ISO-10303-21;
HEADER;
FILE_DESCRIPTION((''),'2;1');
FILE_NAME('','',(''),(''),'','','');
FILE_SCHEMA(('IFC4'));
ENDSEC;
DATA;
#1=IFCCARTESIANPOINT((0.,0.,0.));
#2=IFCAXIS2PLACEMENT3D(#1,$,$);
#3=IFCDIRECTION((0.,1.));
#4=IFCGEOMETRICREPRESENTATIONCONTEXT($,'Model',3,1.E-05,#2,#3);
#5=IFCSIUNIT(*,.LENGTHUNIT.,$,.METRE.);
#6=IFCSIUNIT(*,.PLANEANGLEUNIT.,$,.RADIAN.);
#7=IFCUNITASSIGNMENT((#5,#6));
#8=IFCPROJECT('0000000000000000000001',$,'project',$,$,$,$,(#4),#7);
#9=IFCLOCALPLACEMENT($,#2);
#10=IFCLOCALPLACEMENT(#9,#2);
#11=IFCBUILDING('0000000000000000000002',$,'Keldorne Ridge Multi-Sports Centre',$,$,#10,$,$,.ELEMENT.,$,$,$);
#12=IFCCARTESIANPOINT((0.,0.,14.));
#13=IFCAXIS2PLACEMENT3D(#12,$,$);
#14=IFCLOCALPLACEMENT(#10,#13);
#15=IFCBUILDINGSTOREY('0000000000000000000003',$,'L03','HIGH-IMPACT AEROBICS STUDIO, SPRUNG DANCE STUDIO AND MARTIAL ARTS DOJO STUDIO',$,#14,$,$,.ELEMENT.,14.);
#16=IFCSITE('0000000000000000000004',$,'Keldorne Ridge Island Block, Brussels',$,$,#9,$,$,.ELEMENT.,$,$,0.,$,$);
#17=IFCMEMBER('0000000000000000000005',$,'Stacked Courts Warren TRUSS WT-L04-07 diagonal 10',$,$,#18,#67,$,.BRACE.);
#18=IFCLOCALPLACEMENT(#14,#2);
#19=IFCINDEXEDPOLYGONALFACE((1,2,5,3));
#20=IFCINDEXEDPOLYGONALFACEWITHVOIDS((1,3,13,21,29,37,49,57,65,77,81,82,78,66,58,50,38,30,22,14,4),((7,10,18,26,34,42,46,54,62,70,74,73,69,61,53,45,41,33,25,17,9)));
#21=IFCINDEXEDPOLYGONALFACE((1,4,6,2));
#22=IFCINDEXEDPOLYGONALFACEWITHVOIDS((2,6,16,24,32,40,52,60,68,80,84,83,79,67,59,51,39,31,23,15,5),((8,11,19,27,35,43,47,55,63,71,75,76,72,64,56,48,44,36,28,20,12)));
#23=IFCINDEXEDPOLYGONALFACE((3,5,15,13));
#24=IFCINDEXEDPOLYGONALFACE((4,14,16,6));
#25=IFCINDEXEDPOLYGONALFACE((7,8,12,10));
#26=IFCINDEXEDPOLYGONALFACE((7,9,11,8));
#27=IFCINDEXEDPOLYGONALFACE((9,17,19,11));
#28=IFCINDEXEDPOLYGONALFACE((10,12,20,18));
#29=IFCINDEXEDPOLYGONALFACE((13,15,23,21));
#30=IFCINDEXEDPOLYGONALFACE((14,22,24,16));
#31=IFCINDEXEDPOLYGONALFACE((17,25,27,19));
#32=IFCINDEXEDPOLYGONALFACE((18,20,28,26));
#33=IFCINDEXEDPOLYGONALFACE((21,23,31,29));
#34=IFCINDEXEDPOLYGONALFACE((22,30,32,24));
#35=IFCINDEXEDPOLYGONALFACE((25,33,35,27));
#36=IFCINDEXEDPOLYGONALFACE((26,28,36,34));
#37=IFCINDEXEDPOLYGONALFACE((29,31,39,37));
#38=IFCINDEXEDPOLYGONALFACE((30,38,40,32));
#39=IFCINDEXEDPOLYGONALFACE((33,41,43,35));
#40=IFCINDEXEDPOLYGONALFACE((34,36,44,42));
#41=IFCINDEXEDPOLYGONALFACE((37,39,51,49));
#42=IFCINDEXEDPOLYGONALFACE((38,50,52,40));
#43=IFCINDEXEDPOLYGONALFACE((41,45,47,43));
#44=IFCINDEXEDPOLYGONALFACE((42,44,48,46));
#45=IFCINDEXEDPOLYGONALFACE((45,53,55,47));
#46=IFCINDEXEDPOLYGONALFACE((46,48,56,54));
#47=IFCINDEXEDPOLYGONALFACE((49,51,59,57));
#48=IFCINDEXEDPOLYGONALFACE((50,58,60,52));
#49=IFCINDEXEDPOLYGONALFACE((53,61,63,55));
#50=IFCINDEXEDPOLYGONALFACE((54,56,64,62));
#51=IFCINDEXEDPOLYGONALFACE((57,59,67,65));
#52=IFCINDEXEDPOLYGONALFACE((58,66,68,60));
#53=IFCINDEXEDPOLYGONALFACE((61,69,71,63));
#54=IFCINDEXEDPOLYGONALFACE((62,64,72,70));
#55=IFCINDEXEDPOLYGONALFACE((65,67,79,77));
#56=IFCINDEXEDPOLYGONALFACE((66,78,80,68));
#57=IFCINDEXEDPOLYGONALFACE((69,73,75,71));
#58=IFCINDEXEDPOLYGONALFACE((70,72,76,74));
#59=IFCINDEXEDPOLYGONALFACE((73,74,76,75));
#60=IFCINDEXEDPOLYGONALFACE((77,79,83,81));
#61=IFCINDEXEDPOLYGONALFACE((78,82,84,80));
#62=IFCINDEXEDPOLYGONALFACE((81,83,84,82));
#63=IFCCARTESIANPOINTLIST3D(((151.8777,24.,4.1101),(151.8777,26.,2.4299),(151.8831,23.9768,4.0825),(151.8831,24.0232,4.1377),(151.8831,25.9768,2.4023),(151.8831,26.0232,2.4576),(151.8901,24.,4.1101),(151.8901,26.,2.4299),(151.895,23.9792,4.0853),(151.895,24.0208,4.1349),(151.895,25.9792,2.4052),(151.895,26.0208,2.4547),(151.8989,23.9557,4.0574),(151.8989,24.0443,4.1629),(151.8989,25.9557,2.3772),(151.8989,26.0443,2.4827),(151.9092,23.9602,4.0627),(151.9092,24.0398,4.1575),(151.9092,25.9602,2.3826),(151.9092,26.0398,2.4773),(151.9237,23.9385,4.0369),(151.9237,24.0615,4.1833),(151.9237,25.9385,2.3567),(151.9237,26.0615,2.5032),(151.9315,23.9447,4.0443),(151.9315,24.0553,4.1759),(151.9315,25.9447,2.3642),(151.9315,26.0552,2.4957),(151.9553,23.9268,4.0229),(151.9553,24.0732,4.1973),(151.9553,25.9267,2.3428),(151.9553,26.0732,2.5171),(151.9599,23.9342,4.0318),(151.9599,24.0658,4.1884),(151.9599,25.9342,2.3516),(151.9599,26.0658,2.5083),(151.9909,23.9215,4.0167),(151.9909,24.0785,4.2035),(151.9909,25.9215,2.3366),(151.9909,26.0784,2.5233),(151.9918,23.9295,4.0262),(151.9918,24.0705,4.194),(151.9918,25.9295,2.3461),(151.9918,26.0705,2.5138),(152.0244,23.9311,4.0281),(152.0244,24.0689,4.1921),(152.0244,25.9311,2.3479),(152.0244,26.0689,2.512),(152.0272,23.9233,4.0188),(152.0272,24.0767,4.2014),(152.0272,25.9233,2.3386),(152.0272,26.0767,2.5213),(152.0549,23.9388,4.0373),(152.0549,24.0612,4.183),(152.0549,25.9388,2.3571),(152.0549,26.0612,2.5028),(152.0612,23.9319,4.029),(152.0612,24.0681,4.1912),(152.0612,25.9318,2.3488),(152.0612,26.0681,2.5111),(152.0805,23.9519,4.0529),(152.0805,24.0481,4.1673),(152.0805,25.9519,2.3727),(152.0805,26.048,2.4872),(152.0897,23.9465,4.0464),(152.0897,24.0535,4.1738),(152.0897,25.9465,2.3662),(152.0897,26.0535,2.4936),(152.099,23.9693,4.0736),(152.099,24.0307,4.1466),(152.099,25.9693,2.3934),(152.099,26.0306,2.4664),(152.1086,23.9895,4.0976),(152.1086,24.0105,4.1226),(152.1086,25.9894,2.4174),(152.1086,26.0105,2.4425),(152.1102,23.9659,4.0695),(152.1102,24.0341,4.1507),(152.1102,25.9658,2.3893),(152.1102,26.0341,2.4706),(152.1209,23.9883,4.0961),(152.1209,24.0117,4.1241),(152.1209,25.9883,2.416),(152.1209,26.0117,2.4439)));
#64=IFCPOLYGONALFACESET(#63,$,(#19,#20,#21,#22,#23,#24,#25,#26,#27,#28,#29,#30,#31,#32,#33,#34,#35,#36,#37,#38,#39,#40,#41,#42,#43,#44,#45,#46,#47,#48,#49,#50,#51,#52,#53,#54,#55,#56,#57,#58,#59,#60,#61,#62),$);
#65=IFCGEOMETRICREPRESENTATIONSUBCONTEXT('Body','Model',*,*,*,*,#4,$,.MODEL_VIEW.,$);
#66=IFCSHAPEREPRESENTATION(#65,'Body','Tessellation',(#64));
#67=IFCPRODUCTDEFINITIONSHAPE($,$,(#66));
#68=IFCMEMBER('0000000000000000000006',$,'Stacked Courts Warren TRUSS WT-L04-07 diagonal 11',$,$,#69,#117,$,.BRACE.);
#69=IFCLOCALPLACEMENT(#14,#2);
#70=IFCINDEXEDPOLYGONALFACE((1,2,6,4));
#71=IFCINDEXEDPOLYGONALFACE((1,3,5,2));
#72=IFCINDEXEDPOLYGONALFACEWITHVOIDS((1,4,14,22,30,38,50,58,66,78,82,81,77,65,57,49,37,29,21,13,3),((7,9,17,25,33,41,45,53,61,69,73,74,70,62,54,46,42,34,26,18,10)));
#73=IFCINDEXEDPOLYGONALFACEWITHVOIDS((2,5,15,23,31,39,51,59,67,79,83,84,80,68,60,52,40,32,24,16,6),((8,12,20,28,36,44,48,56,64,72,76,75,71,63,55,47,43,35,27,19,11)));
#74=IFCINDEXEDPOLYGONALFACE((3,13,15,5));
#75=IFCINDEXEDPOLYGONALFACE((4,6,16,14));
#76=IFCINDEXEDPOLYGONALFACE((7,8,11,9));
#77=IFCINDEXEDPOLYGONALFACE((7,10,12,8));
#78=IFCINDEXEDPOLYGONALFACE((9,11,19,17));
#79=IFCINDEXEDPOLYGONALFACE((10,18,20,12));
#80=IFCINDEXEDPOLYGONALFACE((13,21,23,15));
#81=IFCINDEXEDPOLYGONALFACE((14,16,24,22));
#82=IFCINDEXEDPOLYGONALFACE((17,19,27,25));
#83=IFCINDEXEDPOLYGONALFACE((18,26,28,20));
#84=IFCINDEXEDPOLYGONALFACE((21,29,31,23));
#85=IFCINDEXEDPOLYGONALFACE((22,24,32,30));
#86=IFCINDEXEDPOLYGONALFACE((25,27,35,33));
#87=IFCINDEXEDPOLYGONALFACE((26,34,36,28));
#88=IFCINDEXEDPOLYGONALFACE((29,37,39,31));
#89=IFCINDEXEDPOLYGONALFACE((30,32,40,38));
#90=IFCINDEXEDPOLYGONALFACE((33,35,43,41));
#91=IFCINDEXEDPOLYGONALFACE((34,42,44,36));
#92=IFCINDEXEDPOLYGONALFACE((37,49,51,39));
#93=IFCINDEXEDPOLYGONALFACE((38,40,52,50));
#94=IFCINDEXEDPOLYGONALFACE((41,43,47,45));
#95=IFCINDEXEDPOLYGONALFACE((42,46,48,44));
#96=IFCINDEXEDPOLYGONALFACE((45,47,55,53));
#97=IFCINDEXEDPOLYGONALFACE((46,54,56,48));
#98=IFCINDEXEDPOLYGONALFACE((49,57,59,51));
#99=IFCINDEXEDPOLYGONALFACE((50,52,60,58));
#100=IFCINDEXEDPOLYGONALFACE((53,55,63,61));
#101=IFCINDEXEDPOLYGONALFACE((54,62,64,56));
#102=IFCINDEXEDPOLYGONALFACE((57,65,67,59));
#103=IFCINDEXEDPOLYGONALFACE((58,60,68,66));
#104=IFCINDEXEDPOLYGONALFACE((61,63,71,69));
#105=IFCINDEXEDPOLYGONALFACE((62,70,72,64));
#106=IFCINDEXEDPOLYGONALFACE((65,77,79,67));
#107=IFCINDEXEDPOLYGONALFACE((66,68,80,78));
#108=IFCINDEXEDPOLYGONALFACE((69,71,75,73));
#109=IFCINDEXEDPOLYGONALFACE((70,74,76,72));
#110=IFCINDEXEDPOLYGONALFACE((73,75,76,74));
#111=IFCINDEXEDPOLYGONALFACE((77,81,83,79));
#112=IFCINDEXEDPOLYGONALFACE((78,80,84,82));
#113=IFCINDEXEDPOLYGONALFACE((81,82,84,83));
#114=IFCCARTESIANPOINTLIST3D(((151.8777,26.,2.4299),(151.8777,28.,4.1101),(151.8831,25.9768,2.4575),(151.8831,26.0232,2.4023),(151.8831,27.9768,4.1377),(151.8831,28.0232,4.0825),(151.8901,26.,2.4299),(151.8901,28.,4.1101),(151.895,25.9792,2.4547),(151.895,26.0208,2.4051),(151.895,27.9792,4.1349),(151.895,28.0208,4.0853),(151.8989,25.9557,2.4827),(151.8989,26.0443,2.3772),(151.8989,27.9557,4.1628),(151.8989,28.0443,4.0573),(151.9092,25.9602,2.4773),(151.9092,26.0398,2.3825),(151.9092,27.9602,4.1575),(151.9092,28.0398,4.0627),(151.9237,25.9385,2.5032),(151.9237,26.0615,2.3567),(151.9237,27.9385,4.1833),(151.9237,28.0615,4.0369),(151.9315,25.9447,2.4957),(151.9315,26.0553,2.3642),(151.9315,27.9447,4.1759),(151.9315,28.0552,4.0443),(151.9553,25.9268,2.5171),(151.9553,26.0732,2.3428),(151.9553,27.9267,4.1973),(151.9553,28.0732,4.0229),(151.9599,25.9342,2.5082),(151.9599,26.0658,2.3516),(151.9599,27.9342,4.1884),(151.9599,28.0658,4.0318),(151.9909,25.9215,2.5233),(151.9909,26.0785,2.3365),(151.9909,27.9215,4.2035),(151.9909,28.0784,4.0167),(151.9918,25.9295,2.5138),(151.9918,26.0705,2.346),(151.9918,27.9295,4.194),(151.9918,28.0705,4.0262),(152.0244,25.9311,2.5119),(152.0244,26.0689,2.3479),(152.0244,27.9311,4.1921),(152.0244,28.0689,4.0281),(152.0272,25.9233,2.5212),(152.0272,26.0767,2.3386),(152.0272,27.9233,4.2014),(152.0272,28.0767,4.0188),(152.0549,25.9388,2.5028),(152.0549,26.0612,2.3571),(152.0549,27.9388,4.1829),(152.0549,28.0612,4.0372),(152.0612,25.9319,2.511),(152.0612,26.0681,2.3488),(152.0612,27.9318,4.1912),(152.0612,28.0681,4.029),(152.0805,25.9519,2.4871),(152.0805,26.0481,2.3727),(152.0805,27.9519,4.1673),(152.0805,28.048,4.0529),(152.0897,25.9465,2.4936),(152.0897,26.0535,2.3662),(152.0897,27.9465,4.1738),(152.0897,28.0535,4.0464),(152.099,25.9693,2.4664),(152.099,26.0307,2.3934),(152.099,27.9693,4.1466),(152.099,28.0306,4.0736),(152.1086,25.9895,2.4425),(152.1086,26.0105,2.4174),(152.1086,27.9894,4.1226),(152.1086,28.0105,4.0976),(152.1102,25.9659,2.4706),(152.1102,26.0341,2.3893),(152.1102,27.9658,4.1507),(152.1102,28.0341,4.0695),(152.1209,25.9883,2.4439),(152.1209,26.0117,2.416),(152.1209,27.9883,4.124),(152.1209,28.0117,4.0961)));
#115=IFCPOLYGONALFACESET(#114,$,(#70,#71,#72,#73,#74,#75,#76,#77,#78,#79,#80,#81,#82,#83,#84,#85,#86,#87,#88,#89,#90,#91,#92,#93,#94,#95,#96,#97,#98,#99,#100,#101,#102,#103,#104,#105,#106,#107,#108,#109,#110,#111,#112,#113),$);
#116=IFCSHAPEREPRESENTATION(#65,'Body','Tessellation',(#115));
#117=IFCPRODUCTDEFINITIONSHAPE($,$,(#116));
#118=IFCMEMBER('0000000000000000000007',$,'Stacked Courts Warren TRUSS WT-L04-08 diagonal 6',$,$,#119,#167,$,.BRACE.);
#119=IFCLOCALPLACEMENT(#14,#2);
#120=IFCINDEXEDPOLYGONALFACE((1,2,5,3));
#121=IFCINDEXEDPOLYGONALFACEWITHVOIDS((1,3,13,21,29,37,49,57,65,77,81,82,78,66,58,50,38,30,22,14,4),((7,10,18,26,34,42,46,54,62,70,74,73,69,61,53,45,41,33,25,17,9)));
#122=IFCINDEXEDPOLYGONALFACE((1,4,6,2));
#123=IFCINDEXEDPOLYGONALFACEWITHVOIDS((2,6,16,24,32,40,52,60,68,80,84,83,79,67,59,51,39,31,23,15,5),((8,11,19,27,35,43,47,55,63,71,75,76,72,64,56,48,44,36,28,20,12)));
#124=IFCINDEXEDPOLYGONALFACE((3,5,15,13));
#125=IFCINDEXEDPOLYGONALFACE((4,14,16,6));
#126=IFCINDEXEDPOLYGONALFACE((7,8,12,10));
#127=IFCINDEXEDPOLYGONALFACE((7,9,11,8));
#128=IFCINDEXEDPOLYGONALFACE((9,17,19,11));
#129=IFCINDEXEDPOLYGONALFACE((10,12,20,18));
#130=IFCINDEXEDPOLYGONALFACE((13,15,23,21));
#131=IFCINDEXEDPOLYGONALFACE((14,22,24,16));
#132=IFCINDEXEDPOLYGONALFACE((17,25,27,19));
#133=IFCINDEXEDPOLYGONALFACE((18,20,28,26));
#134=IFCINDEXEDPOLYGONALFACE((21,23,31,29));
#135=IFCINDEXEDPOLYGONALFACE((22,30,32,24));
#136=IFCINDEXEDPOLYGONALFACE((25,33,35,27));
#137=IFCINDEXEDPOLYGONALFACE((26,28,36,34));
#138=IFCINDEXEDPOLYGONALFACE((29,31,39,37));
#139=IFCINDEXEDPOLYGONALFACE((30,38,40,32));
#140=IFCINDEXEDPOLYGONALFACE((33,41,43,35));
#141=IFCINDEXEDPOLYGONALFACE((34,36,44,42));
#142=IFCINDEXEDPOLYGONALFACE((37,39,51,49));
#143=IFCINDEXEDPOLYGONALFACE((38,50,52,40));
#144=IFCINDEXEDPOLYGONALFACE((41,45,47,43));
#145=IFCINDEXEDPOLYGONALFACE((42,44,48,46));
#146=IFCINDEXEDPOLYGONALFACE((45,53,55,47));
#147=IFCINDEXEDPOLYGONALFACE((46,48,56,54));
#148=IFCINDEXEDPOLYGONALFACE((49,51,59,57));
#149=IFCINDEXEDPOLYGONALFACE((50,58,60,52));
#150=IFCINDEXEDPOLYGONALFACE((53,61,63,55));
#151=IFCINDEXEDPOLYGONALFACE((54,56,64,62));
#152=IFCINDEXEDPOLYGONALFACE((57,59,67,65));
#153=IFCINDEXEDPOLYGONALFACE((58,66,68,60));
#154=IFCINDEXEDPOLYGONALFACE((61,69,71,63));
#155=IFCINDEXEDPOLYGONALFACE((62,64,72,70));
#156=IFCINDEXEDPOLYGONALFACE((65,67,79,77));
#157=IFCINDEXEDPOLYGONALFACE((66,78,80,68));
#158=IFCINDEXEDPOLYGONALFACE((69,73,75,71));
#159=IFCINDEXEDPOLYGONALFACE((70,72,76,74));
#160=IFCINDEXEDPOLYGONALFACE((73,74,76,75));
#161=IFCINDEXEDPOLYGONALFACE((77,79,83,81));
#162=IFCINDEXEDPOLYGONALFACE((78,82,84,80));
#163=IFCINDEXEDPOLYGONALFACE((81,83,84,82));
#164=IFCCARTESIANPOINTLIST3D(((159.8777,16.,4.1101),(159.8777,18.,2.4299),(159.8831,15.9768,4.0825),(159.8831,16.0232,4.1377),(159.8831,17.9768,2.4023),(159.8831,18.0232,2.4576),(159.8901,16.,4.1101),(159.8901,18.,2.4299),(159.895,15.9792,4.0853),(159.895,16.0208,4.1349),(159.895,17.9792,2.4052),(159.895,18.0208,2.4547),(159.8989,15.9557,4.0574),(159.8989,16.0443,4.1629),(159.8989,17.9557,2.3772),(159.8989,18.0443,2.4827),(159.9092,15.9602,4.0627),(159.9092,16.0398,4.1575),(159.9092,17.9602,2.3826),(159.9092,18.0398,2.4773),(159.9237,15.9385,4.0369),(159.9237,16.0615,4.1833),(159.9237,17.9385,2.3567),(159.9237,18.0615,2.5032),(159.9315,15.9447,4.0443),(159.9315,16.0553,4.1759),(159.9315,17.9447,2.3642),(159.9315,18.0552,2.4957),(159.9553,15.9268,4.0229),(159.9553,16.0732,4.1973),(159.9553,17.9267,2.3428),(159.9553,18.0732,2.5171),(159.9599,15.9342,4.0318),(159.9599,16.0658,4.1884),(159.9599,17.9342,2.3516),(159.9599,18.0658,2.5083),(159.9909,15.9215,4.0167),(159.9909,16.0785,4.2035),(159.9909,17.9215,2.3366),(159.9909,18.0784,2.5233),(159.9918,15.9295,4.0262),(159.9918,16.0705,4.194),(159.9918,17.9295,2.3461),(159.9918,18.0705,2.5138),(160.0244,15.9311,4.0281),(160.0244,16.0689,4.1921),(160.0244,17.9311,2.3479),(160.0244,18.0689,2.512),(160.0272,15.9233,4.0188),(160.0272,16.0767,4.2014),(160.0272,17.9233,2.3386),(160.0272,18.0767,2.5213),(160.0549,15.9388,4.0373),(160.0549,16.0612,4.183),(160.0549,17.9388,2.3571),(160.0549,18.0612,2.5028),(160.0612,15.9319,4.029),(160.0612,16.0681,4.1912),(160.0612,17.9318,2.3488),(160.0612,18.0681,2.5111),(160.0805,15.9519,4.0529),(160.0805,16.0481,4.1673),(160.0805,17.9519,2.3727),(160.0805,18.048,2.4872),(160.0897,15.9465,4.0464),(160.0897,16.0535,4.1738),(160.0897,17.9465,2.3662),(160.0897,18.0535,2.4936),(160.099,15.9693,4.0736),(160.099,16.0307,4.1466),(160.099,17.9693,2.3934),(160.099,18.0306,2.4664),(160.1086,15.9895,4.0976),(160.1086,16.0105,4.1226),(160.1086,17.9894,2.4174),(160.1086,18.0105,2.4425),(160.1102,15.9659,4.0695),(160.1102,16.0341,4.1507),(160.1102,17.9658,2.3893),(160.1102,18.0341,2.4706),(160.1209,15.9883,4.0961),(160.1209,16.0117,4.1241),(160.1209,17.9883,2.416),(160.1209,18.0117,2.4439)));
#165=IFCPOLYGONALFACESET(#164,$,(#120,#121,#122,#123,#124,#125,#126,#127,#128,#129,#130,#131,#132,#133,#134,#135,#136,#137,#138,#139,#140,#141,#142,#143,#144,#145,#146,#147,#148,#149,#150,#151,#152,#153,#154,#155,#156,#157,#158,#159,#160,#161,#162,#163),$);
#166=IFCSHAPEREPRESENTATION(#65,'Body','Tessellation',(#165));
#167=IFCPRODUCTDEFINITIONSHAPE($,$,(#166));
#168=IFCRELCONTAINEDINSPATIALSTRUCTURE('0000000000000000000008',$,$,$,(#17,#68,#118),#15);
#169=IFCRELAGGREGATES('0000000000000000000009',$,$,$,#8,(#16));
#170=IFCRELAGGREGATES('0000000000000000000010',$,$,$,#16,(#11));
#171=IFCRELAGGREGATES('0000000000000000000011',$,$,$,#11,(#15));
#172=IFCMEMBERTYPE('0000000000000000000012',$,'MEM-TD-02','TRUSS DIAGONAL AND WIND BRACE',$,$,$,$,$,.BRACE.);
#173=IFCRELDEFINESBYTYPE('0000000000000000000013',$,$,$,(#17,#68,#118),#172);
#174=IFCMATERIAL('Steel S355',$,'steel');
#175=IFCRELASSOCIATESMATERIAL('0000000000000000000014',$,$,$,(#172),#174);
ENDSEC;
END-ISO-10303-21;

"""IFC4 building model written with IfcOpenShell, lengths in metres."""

from ifc_helpers import new_model, si_unit, direction, frame, origin, origin_2d, place, context, subcontext, project, spatial, hollow_circle, extrude, material, material_profile, profile_set, type_object, element, save


model = new_model("IFC4")

# Units and contexts
model_context = context("Model", 3, precision=1e-05, world=origin(), true_north=direction((0.0, 1.0)))
body_context = subcontext(model_context, "Body", "Model", "MODEL_VIEW")
ifc_project = project(units=[si_unit("LENGTHUNIT", "METRE"), si_unit("PLANEANGLEUNIT", "RADIAN")], contexts=[model_context])

# Site, building, storey
site_placement = place(None, origin())
site = spatial("IfcSite", under=ifc_project, at=site_placement, Name="Keldorne Ridge Island Block, Brussels", CompositionType="ELEMENT", RefElevation=0.0)
building_placement = place(site_placement, origin())
building = spatial("IfcBuilding", under=site, at=building_placement, Name="Keldorne Ridge Multi-Sports Centre", CompositionType="ELEMENT")
storey_placement = place(building_placement, frame((0.0, 0.0, 14.0)))
storey = spatial("IfcBuildingStorey", under=building, at=storey_placement, Name="L03", Description="HIGH-IMPACT AEROBICS STUDIO, SPRUNG DANCE STUDIO AND MARTIAL ARTS DOJO STUDIO", CompositionType="ELEMENT", Elevation=14.0)

# Members
ifc_material = material(Name="Steel S355", Category="steel")
ifc_material_profile_1 = material_profile(ifc_material, hollow_circle(Radius=0.1223, WallThickness=0.0125, at=origin_2d()), Name="CHS 244.5x12.5")
ifc_profile_set_1 = profile_set([ifc_material_profile_1], Name="Steel S355")
member_type_1 = type_object("IfcMemberType", Name="MEM-TD-02", Description="TRUSS DIAGONAL AND WIND BRACE", PredefinedType="BRACE", material=ifc_profile_set_1)
for number, where, z_axis, x_axis, name in (
    (1, (152.0, 24.0, 4.1101), (0.0, 0.765672, -0.643232), (-1.0, 0.0, 0.0), "Stacked Courts Warren TRUSS WT-L04-07 diagonal 10"),
    (2, (152.0, 26.0, 2.4299), (0.0, 0.765672, 0.643232), (-1.0, 0.0, 0.0), "Stacked Courts Warren TRUSS WT-L04-07 diagonal 11"),
    (3, (160.0, 16.0, 4.1101), (0.0, 0.765672, -0.643232), (-1.0, 0.0, 0.0), "Stacked Courts Warren TRUSS WT-L04-08 diagonal 6"),
):
    element("IfcMember", number, at=place(storey_placement, frame(where, z_axis=z_axis, x_axis=x_axis)), inside=storey, type_object=member_type_1, Name=name, PredefinedType="BRACE", context=body_context, shape_type="SweptSolid", body=[
        extrude(hollow_circle(Radius=0.1223, WallThickness=0.0125, at=origin_2d()), origin(), (0.0, 0.0, 1.0), 2.6121),
    ])

save(model, "model.ifc")
